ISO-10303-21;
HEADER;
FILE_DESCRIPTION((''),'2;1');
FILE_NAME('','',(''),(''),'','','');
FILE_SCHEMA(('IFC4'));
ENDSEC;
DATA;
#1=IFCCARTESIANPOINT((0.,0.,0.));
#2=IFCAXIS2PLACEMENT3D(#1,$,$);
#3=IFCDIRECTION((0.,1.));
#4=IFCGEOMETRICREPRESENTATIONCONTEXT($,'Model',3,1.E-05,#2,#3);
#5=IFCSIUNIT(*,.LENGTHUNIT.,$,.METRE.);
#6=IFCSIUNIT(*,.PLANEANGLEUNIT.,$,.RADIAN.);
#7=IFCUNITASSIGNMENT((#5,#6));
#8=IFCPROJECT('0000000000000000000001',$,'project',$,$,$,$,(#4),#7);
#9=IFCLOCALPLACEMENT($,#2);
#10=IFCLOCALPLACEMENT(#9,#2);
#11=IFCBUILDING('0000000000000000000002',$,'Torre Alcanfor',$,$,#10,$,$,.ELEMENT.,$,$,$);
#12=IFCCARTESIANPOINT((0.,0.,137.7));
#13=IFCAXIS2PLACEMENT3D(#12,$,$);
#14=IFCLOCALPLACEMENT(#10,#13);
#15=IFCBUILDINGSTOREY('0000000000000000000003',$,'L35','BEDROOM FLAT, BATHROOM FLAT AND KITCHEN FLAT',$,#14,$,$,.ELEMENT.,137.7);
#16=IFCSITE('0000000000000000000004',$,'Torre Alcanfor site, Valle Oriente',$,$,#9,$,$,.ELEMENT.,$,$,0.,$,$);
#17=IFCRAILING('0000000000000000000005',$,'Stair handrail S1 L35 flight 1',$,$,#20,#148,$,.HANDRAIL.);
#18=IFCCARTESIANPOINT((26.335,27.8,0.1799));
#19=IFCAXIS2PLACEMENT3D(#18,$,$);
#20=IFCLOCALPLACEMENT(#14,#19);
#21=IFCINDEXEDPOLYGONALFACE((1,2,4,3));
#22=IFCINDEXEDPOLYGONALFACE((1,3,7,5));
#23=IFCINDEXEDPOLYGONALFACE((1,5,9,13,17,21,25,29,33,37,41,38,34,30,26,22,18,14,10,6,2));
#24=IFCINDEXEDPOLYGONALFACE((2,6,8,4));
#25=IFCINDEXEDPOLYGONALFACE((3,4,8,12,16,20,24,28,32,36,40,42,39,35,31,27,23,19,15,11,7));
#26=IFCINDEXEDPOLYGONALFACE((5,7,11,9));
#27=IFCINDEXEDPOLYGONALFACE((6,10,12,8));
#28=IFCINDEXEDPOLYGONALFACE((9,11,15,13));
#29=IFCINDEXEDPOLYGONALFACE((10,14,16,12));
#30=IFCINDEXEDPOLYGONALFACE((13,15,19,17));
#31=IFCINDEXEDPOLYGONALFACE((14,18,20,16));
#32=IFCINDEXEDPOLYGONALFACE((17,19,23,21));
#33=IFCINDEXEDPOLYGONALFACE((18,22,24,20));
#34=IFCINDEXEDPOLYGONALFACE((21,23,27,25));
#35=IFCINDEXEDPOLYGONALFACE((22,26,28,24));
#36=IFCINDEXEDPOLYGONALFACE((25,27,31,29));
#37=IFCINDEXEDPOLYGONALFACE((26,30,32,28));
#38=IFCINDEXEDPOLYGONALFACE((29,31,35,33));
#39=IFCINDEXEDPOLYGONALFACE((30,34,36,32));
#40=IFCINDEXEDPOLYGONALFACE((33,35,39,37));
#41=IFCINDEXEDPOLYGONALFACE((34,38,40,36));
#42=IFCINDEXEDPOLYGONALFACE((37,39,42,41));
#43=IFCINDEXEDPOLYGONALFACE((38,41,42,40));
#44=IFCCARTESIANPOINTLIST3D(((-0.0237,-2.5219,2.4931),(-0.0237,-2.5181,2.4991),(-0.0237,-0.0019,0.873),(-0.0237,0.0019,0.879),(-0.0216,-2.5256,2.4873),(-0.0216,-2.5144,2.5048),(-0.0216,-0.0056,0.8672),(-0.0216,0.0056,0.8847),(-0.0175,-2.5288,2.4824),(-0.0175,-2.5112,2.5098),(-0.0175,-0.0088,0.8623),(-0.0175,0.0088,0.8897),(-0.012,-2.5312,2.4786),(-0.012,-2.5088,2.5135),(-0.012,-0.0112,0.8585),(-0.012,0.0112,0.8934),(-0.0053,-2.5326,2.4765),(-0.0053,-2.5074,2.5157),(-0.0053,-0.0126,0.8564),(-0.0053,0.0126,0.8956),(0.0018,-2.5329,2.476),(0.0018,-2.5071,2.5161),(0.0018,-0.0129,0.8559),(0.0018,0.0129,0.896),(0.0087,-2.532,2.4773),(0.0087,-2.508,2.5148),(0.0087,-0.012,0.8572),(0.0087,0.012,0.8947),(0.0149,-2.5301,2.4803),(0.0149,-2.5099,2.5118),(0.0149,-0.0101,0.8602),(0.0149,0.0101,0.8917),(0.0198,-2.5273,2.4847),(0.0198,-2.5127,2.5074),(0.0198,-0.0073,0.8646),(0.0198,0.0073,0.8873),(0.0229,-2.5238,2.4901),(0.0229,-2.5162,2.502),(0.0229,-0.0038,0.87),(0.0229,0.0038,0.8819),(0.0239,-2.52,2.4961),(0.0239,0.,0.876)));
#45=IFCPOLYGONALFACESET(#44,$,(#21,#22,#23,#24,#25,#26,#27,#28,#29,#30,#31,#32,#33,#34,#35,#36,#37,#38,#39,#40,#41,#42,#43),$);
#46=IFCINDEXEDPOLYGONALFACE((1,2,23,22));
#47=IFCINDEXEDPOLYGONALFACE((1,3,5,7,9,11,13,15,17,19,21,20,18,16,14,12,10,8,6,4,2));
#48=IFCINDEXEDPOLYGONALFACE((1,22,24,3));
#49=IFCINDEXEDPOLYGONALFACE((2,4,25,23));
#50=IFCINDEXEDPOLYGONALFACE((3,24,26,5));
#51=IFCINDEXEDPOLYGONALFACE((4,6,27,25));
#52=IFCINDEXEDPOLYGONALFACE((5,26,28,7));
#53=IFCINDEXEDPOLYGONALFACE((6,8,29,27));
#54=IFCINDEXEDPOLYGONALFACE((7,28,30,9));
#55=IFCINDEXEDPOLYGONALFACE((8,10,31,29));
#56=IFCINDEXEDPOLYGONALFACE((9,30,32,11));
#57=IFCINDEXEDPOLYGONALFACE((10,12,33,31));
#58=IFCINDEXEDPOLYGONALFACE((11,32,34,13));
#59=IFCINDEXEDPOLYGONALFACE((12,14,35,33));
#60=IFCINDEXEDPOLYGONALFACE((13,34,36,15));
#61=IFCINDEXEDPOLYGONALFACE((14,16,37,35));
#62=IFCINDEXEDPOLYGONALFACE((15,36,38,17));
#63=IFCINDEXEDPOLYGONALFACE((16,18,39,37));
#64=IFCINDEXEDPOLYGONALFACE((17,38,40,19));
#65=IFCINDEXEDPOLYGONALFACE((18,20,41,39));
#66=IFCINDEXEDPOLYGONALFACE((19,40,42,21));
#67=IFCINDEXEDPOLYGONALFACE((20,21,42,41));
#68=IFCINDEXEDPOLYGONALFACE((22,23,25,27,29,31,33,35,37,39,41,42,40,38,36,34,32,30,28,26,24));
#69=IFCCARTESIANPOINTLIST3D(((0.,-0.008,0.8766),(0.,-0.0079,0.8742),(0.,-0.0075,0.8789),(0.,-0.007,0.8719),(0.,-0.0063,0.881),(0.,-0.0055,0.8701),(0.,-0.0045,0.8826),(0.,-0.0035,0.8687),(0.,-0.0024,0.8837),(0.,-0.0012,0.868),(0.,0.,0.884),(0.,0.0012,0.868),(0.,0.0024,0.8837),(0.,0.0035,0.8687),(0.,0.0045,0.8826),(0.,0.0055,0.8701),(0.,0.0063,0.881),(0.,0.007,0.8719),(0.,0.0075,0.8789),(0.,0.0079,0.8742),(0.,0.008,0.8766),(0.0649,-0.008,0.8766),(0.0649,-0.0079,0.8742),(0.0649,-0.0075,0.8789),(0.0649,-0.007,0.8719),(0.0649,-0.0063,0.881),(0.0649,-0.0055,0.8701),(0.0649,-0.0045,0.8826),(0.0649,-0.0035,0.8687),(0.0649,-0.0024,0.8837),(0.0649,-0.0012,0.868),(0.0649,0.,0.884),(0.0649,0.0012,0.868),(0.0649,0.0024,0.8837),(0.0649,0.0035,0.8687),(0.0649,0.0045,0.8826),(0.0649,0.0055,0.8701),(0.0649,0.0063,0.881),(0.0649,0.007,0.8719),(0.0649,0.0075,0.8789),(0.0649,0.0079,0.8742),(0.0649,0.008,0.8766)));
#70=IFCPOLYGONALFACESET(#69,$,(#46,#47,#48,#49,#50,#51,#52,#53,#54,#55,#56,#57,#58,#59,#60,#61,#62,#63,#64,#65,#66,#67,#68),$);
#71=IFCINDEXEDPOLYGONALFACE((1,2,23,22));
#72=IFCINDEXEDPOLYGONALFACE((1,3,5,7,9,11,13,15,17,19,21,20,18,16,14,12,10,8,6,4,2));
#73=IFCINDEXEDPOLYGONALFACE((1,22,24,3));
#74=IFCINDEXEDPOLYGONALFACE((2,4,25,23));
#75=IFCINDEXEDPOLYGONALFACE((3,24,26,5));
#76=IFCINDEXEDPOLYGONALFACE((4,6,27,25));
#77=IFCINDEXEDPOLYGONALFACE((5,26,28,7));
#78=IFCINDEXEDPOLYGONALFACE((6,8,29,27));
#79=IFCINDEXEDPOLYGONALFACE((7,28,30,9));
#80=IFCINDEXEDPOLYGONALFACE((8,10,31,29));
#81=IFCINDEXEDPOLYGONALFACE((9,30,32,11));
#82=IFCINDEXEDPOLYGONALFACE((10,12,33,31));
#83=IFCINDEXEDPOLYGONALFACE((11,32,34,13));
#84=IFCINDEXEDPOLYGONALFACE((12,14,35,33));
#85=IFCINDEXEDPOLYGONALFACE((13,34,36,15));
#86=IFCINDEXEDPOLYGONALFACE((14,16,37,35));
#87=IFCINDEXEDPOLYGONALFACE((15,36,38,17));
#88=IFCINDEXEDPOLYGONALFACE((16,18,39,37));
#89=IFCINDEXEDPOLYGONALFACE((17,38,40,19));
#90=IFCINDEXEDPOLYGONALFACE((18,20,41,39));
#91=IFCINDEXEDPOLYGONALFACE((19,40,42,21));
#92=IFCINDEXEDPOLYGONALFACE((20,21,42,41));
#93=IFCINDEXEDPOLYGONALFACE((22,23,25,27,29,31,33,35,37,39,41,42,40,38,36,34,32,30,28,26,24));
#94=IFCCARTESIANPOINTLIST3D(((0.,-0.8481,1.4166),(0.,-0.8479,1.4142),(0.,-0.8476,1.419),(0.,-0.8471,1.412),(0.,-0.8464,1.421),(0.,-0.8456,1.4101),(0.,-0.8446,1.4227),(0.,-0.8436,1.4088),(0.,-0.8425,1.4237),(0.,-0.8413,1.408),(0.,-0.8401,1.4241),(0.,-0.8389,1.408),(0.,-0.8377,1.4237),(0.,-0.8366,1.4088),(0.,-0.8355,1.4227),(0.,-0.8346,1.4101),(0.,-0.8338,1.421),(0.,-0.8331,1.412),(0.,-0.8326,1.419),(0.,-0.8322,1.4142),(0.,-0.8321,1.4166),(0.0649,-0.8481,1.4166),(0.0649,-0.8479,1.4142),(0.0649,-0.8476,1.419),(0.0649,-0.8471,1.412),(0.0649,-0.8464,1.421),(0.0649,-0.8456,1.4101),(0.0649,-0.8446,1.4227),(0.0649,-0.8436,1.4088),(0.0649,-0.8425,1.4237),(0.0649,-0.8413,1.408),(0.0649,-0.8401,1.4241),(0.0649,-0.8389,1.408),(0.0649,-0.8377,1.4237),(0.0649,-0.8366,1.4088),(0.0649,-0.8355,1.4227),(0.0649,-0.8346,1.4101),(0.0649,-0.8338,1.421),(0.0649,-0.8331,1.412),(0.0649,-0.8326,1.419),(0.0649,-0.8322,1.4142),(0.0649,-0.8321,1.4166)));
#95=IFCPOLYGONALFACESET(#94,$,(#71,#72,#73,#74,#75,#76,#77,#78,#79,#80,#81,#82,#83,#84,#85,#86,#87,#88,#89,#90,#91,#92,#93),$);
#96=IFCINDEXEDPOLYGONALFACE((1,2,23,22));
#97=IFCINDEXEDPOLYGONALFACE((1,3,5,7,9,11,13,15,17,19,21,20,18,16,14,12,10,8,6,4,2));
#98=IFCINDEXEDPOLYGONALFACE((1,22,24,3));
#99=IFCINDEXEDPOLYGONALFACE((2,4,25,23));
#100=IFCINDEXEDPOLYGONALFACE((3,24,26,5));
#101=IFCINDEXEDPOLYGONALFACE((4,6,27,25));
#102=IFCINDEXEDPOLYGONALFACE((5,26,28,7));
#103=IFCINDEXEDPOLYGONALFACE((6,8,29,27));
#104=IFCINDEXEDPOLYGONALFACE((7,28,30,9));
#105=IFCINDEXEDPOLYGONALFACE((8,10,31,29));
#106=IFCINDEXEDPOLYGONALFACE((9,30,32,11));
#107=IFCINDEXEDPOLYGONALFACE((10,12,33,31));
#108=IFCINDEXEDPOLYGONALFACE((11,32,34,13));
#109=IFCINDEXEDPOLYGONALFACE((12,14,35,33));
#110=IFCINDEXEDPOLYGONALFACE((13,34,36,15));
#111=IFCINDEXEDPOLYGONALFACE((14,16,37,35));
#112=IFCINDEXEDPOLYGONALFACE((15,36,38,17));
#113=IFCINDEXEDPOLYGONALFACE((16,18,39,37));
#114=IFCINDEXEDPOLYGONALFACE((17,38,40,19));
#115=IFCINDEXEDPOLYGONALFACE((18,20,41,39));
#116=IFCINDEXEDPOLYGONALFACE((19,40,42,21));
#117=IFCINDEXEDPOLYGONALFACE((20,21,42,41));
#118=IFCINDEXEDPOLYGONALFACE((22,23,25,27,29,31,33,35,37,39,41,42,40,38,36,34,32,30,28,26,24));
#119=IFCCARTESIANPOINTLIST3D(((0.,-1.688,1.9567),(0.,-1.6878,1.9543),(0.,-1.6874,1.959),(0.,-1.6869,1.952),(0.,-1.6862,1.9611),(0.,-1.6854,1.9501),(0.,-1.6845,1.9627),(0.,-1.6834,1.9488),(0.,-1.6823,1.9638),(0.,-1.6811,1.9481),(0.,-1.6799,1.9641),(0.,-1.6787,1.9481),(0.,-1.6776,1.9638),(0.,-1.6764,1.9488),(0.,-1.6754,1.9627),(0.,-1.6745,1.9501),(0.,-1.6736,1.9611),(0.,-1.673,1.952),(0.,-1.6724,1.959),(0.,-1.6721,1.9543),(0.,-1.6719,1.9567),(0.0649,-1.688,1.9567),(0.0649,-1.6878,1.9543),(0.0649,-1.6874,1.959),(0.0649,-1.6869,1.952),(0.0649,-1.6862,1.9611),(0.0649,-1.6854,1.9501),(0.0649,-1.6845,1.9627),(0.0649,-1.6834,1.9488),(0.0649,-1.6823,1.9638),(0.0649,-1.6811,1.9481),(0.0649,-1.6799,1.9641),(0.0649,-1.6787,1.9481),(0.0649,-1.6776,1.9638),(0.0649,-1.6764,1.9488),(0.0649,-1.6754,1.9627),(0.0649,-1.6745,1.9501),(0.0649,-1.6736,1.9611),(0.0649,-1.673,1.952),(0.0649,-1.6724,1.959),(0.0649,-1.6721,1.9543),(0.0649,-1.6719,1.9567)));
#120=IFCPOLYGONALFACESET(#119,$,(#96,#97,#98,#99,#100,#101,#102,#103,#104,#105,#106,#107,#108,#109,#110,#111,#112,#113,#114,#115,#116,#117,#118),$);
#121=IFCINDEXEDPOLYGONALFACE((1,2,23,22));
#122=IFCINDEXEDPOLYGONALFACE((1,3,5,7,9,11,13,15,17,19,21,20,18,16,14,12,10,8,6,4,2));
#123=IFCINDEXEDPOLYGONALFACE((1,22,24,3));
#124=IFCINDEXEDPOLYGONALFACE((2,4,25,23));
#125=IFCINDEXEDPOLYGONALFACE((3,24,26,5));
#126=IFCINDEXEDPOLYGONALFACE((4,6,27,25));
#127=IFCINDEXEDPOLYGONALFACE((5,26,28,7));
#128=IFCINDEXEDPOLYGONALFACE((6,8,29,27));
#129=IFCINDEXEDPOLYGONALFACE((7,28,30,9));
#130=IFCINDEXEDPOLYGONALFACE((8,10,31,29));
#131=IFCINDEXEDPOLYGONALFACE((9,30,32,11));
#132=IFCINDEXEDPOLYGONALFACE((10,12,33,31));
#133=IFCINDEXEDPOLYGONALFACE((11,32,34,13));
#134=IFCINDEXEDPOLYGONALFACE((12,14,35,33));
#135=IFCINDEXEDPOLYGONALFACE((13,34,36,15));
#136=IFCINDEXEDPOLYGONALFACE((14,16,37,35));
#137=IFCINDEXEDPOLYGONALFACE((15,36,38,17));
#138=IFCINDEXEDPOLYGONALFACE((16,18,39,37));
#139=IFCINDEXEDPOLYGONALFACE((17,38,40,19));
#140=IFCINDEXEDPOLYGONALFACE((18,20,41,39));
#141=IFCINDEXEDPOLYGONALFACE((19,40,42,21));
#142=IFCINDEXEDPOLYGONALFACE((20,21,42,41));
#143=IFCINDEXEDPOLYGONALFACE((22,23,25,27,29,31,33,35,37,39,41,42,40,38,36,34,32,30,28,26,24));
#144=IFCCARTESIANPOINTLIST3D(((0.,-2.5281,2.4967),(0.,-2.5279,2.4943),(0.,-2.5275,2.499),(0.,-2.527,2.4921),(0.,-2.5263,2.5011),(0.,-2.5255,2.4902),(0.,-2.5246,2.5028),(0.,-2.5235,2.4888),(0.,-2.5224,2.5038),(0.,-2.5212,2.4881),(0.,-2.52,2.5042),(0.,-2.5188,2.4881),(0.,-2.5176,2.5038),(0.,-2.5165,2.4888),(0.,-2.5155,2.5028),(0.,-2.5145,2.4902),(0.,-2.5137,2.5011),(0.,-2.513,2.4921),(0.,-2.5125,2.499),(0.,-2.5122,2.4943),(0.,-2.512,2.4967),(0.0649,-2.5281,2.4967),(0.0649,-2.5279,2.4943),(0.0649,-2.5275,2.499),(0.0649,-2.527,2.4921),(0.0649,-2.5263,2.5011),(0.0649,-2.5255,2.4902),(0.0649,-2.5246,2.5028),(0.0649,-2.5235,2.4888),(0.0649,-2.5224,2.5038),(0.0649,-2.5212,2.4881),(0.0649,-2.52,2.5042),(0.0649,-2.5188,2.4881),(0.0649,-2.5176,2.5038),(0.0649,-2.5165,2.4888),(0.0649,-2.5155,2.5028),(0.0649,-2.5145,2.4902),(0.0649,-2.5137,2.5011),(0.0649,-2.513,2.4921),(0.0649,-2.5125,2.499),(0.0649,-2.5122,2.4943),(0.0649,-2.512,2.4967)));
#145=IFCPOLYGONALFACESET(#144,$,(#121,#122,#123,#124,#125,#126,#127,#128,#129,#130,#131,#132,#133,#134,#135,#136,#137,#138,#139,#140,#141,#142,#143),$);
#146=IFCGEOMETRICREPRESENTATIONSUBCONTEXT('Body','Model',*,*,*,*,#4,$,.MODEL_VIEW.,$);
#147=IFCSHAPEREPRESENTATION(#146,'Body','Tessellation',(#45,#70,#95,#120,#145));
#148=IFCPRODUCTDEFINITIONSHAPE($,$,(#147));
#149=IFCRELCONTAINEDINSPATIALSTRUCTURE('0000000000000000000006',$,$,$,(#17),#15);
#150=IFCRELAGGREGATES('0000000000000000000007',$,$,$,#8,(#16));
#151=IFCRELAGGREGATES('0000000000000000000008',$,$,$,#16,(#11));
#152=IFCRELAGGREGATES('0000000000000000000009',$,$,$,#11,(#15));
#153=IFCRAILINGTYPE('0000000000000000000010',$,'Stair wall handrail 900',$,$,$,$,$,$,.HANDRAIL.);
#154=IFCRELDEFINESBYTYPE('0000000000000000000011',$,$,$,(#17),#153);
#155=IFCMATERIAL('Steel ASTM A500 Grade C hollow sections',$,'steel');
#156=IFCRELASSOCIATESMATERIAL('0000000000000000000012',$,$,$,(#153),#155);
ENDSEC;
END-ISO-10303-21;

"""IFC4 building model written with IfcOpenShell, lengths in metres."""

from ifc_helpers import new_model, si_unit, direction, frame, origin, origin_2d, place, context, subcontext, project, spatial, circle, extrude, material, type_object, element, save


model = new_model("IFC4")

# Units and contexts
model_context = context("Model", 3, precision=1e-05, world=origin(), true_north=direction((0.0, 1.0)))
body_context = subcontext(model_context, "Body", "Model", "MODEL_VIEW")
ifc_project = project(units=[si_unit("LENGTHUNIT", "METRE"), si_unit("PLANEANGLEUNIT", "RADIAN")], contexts=[model_context])

# Site, building, storey
site_placement = place(None, origin())
site = spatial("IfcSite", under=ifc_project, at=site_placement, Name="Torre Alcanfor site, Valle Oriente", CompositionType="ELEMENT", RefElevation=0.0)
building_placement = place(site_placement, origin())
building = spatial("IfcBuilding", under=site, at=building_placement, Name="Torre Alcanfor", CompositionType="ELEMENT")
storey_placement = place(building_placement, frame((0.0, 0.0, 137.7)))
storey = spatial("IfcBuildingStorey", under=building, at=storey_placement, Name="L35", Description="BEDROOM FLAT, BATHROOM FLAT AND KITCHEN FLAT", CompositionType="ELEMENT", Elevation=137.7)

# Railing
ifc_material_1 = material(Name="Steel ASTM A500 Grade C hollow sections", Category="steel")
railing_type_1 = type_object("IfcRailingType", Name="Stair wall handrail 900", PredefinedType="HANDRAIL", material=ifc_material_1)
railing_1_placement = place(storey_placement, frame((26.335, 27.8, 0.1799)))
element("IfcRailing", 1, at=railing_1_placement, inside=storey, type_object=railing_type_1, Name="Stair handrail S1 L35 flight 1", PredefinedType="HANDRAIL", context=body_context, shape_type="SweptSolid", body=[
    extrude(circle(Radius=0.0239, at=origin_2d()), frame((0.0, 0.0, 0.876), z_axis=(0.0, -0.841163, 0.540782), x_axis=(1.0, 0.0, 0.0)), (0.0, 0.0, 1.0), 2.9958),
    extrude(circle(Radius=0.0081, at=origin_2d()), frame((0.0, 0.0, 0.876), z_axis=(1.0, 0.0, 0.0), x_axis=(0.0, 0.0, 1.0)), (0.0, 0.0, 1.0), 0.0649),
    extrude(circle(Radius=0.0081, at=origin_2d()), frame((0.0, -0.8401, 1.416), z_axis=(1.0, 0.0, 0.0), x_axis=(0.0, 0.0, 1.0)), (0.0, 0.0, 1.0), 0.0649),
    extrude(circle(Radius=0.0081, at=origin_2d()), frame((0.0, -1.6799, 1.9561), z_axis=(1.0, 0.0, 0.0), x_axis=(0.0, 0.0, 1.0)), (0.0, 0.0, 1.0), 0.0649),
    extrude(circle(Radius=0.0081, at=origin_2d()), frame((0.0, -2.52, 2.4961), z_axis=(1.0, 0.0, 0.0), x_axis=(0.0, 0.0, 1.0)), (0.0, 0.0, 1.0), 0.0649),
])

save(model, "model.ifc")
